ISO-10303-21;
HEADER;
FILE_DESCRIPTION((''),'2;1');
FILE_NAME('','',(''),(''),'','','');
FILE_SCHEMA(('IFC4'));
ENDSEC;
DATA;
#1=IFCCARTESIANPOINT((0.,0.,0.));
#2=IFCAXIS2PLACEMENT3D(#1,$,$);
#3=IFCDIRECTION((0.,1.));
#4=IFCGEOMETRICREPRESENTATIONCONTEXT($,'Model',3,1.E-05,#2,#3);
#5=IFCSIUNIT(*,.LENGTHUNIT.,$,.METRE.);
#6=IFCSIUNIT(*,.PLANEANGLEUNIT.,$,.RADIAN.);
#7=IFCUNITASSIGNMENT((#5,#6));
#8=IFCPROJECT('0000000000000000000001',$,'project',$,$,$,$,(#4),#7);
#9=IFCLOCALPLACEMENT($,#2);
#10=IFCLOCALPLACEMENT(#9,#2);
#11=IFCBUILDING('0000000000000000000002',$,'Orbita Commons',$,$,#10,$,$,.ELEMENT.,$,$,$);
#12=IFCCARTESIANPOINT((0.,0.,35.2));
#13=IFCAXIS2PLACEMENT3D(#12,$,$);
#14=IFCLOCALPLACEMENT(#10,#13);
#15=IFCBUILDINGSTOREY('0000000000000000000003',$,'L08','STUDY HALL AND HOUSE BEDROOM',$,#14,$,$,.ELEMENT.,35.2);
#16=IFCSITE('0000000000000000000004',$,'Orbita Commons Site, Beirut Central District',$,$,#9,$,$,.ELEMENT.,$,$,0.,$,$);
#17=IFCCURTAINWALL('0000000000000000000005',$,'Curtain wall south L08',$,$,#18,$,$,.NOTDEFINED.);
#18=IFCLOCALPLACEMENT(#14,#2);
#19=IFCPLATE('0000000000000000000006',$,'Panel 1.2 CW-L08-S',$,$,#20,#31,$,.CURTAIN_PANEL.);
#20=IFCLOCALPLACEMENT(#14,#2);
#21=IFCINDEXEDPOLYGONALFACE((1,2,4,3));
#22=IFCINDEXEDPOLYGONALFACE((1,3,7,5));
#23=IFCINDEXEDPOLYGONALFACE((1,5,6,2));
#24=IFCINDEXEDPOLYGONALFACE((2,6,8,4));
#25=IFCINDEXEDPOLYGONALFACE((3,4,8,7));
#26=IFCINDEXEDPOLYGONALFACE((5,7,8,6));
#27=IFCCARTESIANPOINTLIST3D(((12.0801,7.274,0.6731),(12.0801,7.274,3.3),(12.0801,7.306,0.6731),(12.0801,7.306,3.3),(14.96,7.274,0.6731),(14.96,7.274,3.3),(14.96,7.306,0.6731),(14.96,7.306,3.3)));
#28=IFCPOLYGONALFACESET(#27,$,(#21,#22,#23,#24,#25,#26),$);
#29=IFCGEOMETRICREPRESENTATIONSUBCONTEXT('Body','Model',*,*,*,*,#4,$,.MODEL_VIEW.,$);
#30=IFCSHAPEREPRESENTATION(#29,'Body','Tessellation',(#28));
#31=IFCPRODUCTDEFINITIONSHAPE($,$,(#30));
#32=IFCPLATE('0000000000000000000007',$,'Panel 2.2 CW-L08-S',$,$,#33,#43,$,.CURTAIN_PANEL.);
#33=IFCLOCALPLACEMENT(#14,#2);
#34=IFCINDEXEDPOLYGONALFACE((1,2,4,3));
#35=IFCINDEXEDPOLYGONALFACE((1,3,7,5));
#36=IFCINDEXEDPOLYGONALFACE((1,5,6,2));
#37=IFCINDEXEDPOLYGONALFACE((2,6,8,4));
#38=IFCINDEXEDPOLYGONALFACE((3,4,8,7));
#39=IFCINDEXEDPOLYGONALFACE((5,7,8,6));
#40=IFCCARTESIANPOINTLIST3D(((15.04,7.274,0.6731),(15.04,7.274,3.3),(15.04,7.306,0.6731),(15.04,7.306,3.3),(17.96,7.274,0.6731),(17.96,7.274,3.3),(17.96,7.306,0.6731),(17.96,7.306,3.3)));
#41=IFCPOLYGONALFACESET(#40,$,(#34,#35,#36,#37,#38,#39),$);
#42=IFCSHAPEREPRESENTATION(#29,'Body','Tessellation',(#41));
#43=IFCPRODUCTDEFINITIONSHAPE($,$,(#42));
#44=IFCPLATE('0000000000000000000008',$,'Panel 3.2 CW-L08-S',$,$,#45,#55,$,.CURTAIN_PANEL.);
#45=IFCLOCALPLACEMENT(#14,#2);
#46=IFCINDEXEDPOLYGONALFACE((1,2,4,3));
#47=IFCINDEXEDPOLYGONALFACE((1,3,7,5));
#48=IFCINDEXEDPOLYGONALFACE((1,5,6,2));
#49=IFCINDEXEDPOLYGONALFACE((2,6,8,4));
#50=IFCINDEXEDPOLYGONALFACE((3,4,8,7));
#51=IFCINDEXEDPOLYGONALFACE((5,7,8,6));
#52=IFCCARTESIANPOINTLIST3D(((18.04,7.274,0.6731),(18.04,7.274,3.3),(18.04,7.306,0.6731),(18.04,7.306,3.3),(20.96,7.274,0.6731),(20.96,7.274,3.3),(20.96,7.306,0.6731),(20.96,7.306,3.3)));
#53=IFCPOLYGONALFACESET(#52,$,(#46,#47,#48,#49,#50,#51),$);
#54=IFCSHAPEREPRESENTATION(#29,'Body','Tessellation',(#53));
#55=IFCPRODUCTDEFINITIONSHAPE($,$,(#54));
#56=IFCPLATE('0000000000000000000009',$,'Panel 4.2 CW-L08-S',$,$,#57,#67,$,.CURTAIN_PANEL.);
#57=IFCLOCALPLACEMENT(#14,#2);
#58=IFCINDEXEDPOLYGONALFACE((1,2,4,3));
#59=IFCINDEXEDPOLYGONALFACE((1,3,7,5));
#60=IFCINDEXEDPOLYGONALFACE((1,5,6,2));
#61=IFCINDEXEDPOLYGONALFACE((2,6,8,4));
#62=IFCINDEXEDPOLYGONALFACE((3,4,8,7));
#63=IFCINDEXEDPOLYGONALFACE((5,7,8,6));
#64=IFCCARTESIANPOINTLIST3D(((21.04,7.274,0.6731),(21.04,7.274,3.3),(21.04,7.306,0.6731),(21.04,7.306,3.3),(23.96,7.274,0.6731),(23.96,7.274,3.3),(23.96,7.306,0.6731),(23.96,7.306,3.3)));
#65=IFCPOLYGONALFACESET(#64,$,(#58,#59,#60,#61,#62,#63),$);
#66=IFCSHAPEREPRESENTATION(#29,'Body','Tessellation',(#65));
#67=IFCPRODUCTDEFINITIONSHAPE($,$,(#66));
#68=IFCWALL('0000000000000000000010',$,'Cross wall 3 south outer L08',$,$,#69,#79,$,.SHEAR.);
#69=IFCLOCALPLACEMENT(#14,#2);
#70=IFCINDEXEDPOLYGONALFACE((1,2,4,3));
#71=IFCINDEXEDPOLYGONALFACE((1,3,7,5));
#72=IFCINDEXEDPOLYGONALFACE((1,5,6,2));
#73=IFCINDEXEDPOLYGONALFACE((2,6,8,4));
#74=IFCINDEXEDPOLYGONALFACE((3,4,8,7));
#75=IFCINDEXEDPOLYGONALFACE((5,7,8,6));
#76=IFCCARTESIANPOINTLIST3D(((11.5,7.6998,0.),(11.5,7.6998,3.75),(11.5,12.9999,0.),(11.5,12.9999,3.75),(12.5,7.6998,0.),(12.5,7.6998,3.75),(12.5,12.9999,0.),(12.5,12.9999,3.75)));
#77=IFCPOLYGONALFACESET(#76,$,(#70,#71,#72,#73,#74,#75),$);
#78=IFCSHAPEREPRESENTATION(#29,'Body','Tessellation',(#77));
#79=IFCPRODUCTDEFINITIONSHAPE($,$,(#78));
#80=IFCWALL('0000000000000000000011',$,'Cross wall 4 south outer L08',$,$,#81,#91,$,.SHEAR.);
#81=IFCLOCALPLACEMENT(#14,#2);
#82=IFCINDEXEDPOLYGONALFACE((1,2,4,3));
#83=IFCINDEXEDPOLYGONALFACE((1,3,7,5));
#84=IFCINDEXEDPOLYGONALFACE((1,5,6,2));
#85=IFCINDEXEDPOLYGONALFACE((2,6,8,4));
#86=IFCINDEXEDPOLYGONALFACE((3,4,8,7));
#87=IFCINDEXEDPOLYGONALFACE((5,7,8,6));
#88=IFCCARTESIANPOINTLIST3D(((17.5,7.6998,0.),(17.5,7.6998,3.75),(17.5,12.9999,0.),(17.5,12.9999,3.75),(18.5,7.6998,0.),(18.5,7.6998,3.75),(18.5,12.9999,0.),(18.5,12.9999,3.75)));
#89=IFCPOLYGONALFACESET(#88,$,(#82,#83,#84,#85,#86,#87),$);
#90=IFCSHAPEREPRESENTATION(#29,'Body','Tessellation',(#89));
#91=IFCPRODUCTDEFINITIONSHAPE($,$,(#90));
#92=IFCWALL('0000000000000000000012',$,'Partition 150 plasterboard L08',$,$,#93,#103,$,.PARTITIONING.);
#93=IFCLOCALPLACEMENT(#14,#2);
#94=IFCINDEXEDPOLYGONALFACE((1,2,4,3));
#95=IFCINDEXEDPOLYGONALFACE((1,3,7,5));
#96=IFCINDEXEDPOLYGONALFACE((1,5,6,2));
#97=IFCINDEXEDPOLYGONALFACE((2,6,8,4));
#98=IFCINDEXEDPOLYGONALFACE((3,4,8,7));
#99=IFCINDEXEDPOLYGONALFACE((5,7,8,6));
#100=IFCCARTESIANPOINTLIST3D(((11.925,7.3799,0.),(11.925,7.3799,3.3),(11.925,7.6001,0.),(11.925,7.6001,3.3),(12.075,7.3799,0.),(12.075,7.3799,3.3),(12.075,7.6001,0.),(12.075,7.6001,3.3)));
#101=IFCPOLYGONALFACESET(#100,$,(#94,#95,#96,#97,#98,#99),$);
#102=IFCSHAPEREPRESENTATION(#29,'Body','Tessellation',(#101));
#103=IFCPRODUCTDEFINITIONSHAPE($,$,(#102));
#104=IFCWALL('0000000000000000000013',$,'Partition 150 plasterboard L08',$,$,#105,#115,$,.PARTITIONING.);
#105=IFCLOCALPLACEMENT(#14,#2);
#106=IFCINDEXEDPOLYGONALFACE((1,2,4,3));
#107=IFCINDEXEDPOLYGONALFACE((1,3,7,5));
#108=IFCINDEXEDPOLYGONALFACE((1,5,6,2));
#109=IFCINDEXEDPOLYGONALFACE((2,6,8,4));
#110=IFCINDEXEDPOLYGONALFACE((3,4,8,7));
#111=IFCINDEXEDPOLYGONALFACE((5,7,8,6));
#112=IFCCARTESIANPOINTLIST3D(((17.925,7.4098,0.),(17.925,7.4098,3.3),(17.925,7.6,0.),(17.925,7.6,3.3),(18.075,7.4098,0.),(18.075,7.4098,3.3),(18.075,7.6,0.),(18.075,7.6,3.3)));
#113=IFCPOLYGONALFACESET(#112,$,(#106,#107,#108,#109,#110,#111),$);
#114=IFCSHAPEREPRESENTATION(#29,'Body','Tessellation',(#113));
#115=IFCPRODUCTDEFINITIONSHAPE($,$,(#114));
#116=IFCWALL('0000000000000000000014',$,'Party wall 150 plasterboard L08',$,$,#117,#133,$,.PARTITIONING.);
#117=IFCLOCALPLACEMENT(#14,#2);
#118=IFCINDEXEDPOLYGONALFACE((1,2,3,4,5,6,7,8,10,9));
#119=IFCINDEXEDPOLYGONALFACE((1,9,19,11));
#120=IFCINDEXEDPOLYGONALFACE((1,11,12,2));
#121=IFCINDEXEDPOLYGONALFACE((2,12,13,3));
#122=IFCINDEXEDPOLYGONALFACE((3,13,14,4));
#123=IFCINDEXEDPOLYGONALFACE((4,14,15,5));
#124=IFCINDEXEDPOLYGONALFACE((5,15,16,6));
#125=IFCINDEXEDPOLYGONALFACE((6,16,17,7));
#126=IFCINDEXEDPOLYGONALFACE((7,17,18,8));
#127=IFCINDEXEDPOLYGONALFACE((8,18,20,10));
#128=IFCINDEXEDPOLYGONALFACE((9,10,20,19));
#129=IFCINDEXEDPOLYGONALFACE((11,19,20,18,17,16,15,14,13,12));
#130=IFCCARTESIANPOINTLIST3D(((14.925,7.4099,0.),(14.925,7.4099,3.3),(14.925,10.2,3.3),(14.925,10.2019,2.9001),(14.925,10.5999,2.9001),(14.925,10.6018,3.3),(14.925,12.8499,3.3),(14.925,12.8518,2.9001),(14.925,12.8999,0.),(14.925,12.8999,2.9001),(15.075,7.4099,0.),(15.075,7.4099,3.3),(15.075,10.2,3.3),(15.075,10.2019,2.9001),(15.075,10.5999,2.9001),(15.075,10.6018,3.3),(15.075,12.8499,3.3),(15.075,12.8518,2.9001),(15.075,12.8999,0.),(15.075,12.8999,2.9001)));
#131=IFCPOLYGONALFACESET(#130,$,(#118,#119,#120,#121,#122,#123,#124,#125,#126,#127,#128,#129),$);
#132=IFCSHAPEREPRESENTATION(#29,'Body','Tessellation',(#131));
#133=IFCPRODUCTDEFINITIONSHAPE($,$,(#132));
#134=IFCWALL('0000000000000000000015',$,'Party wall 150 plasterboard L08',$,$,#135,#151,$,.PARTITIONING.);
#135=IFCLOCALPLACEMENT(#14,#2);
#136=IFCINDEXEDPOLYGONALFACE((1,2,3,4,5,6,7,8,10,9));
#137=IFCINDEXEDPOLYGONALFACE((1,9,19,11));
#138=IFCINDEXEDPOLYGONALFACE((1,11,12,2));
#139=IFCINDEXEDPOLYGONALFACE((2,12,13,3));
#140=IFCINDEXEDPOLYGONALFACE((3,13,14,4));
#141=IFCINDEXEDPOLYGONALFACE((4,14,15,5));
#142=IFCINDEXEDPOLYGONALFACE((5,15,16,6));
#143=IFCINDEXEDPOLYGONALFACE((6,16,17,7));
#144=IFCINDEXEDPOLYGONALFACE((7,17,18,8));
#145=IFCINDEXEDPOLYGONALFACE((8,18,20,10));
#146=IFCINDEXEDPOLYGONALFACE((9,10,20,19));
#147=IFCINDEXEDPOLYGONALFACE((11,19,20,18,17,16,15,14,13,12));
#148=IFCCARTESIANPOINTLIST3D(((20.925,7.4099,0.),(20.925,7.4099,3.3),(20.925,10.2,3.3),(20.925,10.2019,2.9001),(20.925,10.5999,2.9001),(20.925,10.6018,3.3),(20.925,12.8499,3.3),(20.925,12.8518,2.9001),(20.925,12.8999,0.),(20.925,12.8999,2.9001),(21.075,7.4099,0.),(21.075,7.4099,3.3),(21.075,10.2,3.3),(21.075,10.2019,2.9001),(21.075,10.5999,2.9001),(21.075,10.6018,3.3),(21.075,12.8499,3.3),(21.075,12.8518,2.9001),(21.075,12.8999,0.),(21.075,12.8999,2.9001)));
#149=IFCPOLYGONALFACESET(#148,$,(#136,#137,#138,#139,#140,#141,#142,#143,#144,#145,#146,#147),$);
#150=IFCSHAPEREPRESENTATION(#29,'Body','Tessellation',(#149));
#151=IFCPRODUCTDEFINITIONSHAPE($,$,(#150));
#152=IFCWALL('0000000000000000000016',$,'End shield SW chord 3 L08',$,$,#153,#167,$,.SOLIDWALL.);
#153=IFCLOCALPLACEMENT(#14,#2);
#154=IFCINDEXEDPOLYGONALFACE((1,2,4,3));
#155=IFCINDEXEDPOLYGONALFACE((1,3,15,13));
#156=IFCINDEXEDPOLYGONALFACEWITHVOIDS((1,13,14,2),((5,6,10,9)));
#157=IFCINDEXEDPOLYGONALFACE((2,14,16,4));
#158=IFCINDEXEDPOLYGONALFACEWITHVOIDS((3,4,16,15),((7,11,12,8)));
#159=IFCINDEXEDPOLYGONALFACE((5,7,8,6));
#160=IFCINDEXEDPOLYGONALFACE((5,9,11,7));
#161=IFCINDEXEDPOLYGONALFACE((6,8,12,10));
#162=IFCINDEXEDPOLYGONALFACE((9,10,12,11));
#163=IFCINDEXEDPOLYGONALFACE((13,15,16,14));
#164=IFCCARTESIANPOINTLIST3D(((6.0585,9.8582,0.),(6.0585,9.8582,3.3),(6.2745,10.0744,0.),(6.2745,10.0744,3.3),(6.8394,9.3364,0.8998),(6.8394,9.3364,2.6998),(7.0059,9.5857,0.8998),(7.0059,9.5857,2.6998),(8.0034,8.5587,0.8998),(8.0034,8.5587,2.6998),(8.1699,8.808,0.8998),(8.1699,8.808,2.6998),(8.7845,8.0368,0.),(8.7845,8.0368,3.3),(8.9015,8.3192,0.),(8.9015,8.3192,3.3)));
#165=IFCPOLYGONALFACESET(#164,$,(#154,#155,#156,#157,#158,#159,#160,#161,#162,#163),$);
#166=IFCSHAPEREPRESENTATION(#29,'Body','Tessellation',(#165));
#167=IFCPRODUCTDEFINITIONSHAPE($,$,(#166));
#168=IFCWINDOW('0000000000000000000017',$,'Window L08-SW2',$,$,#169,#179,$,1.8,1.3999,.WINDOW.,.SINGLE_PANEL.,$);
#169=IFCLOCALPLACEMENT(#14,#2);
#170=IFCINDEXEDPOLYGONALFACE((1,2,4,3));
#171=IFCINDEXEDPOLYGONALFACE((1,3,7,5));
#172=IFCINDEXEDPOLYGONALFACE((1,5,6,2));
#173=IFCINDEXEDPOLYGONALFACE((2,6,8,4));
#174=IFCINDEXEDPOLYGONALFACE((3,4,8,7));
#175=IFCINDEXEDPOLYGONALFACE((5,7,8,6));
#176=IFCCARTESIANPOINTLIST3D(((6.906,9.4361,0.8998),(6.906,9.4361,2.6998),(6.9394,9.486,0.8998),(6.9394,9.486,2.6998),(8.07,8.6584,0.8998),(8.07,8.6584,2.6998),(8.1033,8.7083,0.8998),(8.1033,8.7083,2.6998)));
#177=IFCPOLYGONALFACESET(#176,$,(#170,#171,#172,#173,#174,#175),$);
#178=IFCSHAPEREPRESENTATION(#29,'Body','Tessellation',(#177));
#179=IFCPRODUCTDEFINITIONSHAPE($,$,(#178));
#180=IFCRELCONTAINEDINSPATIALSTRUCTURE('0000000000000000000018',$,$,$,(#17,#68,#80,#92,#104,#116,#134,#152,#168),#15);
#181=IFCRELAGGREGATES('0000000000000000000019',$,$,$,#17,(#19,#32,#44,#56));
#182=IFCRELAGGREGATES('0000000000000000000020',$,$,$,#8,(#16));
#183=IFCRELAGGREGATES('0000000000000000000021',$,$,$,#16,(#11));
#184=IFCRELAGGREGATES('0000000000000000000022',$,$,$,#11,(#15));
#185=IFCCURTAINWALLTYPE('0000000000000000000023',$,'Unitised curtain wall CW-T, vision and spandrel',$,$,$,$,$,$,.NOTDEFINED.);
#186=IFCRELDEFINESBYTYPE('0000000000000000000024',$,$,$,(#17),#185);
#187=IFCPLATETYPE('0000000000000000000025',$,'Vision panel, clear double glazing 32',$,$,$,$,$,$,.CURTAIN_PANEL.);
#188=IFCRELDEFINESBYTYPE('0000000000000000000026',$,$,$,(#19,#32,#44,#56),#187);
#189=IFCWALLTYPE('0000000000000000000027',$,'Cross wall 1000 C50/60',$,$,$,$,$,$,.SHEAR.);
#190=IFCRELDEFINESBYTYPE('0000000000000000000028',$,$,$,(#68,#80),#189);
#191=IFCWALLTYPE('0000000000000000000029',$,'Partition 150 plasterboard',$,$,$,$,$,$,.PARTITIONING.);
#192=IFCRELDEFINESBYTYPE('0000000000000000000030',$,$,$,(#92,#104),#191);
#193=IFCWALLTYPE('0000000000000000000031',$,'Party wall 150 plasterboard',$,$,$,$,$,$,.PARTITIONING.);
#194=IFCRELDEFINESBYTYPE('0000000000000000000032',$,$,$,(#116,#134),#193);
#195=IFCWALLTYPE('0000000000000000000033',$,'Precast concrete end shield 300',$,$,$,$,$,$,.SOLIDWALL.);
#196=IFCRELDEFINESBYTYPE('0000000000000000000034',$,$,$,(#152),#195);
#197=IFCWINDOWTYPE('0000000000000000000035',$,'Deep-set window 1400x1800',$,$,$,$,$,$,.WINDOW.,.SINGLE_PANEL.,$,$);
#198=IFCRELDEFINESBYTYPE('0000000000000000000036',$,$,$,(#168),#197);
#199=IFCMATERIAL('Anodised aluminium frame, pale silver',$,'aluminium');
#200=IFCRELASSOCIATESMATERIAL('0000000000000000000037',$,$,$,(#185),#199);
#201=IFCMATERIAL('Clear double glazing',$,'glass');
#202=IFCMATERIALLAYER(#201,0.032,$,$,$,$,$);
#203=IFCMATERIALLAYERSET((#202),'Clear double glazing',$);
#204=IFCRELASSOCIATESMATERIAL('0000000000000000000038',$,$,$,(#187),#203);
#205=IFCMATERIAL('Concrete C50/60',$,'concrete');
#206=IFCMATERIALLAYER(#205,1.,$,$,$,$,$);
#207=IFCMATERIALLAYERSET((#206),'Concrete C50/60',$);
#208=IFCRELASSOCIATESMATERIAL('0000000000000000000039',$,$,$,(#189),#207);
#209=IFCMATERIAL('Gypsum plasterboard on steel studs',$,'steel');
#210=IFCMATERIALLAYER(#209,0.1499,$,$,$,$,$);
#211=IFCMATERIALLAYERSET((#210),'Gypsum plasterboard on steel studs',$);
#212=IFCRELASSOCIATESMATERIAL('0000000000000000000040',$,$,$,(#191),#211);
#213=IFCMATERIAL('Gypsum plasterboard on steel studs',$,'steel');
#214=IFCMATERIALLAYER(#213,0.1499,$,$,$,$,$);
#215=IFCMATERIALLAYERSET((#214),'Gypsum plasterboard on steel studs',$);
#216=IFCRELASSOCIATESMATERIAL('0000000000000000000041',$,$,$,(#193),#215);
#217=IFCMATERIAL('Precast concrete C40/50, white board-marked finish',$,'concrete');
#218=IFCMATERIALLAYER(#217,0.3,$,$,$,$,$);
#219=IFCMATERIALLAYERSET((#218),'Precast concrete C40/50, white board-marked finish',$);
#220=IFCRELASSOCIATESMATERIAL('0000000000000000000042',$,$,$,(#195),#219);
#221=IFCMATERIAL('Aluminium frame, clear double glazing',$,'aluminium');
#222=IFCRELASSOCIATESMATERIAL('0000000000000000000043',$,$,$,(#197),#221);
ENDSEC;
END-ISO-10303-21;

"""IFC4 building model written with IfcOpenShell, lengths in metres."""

from ifc_helpers import new_model, si_unit, direction, frame, frame_2d, origin, origin_2d, place, context, subcontext, project, spatial, polyline, rectangle, outline, extrude, material, layer, layer_set, type_object, element, fill, aggregate, save


model = new_model("IFC4")

# Units and contexts
model_context = context("Model", 3, precision=1e-05, world=origin(), true_north=direction((0.0, 1.0)))
body_context = subcontext(model_context, "Body", "Model", "MODEL_VIEW")
ifc_project = project(units=[si_unit("LENGTHUNIT", "METRE"), si_unit("PLANEANGLEUNIT", "RADIAN")], contexts=[model_context])

# Site, building, storey
site_placement = place(None, origin())
site = spatial("IfcSite", under=ifc_project, at=site_placement, Name="Orbita Commons Site, Beirut Central District", CompositionType="ELEMENT", RefElevation=0.0)
building_placement = place(site_placement, origin())
building = spatial("IfcBuilding", under=site, at=building_placement, Name="Orbita Commons", CompositionType="ELEMENT")
storey_placement = place(building_placement, frame((0.0, 0.0, 35.2)))
storey = spatial("IfcBuildingStorey", under=building, at=storey_placement, Name="L08", Description="STUDY HALL AND HOUSE BEDROOM", CompositionType="ELEMENT", Elevation=35.2)

# Curtain wall
ifc_material_1 = material(Name="Anodised aluminium frame, pale silver", Category="aluminium")
curtain_wall_type = type_object("IfcCurtainWallType", Name="Unitised curtain wall CW-T, vision and spandrel", PredefinedType="NOTDEFINED", material=ifc_material_1)
curtain_wall_placement = place(storey_placement, origin())
curtain_wall = element("IfcCurtainWall", 1, at=curtain_wall_placement, inside=storey, type_object=curtain_wall_type, Name="Curtain wall south L08", PredefinedType="NOTDEFINED")

# Plates
ifc_material_2 = material(Name="Clear double glazing", Category="glass")
ifc_layer_1 = layer(ifc_material_2, 0.032)
ifc_layer_set_1 = layer_set([ifc_layer_1], Name="Clear double glazing")
plate_type_1 = type_object("IfcPlateType", Name="Vision panel, clear double glazing 32", PredefinedType="CURTAIN_PANEL", material=ifc_layer_set_1)
plate_1_placement = place(storey_placement, frame((13.52, 7.29, 0.6731), z_axis=(0.0, 0.0, 1.0), x_axis=(1.0, 0.0, 0.0)))
plate_1 = element("IfcPlate", 2, at=plate_1_placement, type_object=plate_type_1, Name="Panel 1.2 CW-L08-S", PredefinedType="CURTAIN_PANEL", context=body_context, shape_type="SweptSolid", body=[
    extrude(rectangle(XDim=2.8799, YDim=0.032, at=origin_2d()), origin(), (0.0, 0.0, 1.0), 2.627),
])
plate_2_placement = place(storey_placement, frame((16.5, 7.29, 0.6731), z_axis=(0.0, 0.0, 1.0), x_axis=(1.0, 0.0, 0.0)))
plate_2 = element("IfcPlate", 3, at=plate_2_placement, type_object=plate_type_1, Name="Panel 2.2 CW-L08-S", PredefinedType="CURTAIN_PANEL", context=body_context, shape_type="SweptSolid", body=[
    extrude(rectangle(XDim=2.9199, YDim=0.032, at=origin_2d()), origin(), (0.0, 0.0, 1.0), 2.627),
])
plate_3_placement = place(storey_placement, frame((19.5, 7.29, 0.6731), z_axis=(0.0, 0.0, 1.0), x_axis=(1.0, 0.0, 0.0)))
plate_3 = element("IfcPlate", 4, at=plate_3_placement, type_object=plate_type_1, Name="Panel 3.2 CW-L08-S", PredefinedType="CURTAIN_PANEL", context=body_context, shape_type="SweptSolid", body=[
    extrude(rectangle(XDim=2.9199, YDim=0.032, at=origin_2d()), origin(), (0.0, 0.0, 1.0), 2.627),
])
plate_4_placement = place(storey_placement, frame((22.5, 7.29, 0.6731), z_axis=(0.0, 0.0, 1.0), x_axis=(1.0, 0.0, 0.0)))
plate_4 = element("IfcPlate", 5, at=plate_4_placement, type_object=plate_type_1, Name="Panel 4.2 CW-L08-S", PredefinedType="CURTAIN_PANEL", context=body_context, shape_type="SweptSolid", body=[
    extrude(rectangle(XDim=2.9199, YDim=0.032, at=origin_2d()), origin(), (0.0, 0.0, 1.0), 2.627),
])
aggregate(curtain_wall, [plate_1, plate_2, plate_3, plate_4])

# Walls
ifc_material_3 = material(Name="Concrete C50/60", Category="concrete")
ifc_layer_2 = layer(ifc_material_3, 1.0)
ifc_layer_set_2 = layer_set([ifc_layer_2], Name="Concrete C50/60")
wall_type_1 = type_object("IfcWallType", Name="Cross wall 1000 C50/60", PredefinedType="SHEAR", material=ifc_layer_set_2)
for number, where, z_axis, x_axis, name in (
    (6, (12.0, 7.7, 0.0), (0.0, 0.0, 1.0), (0.0, 1.0, 0.0), "Cross wall 3 south outer L08"),
    (7, (18.0, 7.7, 0.0), (0.0, 0.0, 1.0), (0.0, 1.0, 0.0), "Cross wall 4 south outer L08"),
):
    element("IfcWall", number, at=place(storey_placement, frame(where, z_axis=z_axis, x_axis=x_axis)), inside=storey, type_object=wall_type_1, Name=name, PredefinedType="SHEAR", context=body_context, shape_type="SweptSolid", body=[
        extrude(rectangle(XDim=5.3, YDim=1.0, at=frame_2d((2.6499, 0.0))), origin(), (0.0, 0.0, 1.0), 3.75),
    ])
ifc_material_4 = material(Name="Gypsum plasterboard on steel studs", Category="steel")
ifc_layer_3 = layer(ifc_material_4, 0.1499)
ifc_layer_set_3 = layer_set([ifc_layer_3], Name="Gypsum plasterboard on steel studs")
wall_type_2 = type_object("IfcWallType", Name="Partition 150 plasterboard", PredefinedType="PARTITIONING", material=ifc_layer_set_3)
wall_1_placement = place(storey_placement, frame((12.0, 7.6001, 0.0), z_axis=(0.0, 0.0, 1.0), x_axis=(0.0, -1.0, 0.0)))
element("IfcWall", 8, at=wall_1_placement, inside=storey, type_object=wall_type_2, Name="Partition 150 plasterboard L08", PredefinedType="PARTITIONING", context=body_context, shape_type="SweptSolid", body=[
    extrude(rectangle(XDim=0.2202, YDim=0.1499, at=frame_2d((0.1101, 0.0))), origin(), (0.0, 0.0, 1.0), 3.3),
])
wall_2_placement = place(storey_placement, frame((18.0, 7.6001, 0.0), z_axis=(0.0, 0.0, 1.0), x_axis=(0.0, -1.0, 0.0)))
element("IfcWall", 9, at=wall_2_placement, inside=storey, type_object=wall_type_2, Name="Partition 150 plasterboard L08", PredefinedType="PARTITIONING", context=body_context, shape_type="SweptSolid", body=[
    extrude(rectangle(XDim=0.1902, YDim=0.1499, at=frame_2d((0.0952, 0.0))), origin(), (0.0, 0.0, 1.0), 3.3),
])
ifc_material_5 = material(Name="Gypsum plasterboard on steel studs", Category="steel")
ifc_layer_4 = layer(ifc_material_5, 0.1499)
ifc_layer_set_4 = layer_set([ifc_layer_4], Name="Gypsum plasterboard on steel studs")
wall_type_3 = type_object("IfcWallType", Name="Party wall 150 plasterboard", PredefinedType="PARTITIONING", material=ifc_layer_set_4)
for number, where, z_axis, x_axis, name in (
    (10, (15.0, 7.4099, 0.0), (0.0, 0.0, 1.0), (0.0, 1.0, 0.0), "Party wall 150 plasterboard L08"),
    (11, (21.0, 7.4099, 0.0), (0.0, 0.0, 1.0), (0.0, 1.0, 0.0), "Party wall 150 plasterboard L08"),
):
    element("IfcWall", number, at=place(storey_placement, frame(where, z_axis=z_axis, x_axis=x_axis)), inside=storey, type_object=wall_type_3, Name=name, PredefinedType="PARTITIONING", context=body_context, shape_type="SweptSolid", body=[
        extrude(outline(polyline([(0.0, 0.0), (5.49, 0.0), (5.49, 2.9001), (5.4419, 2.9001), (5.4399, 3.3), (3.1919, 3.3), (3.1899, 2.9001), (2.792, 2.9001), (2.79, 3.3), (0.0, 3.3), (0.0, 0.0)])), frame((0.0, 0.075, 0.0), z_axis=(0.0, -1.0, 0.0), x_axis=(1.0, 0.0, 0.0)), (0.0, 0.0, 1.0), 0.1499),
    ])

# Wall, opening, window
ifc_material_6 = material(Name="Precast concrete C40/50, white board-marked finish", Category="concrete")
ifc_layer_5 = layer(ifc_material_6, 0.3)
ifc_layer_set_5 = layer_set([ifc_layer_5], Name="Precast concrete C40/50, white board-marked finish")
wall_type_4 = type_object("IfcWallType", Name="Precast concrete end shield 300", PredefinedType="SOLIDWALL", material=ifc_layer_set_5)
wall_3_placement = place(storey_placement, frame((6.1665, 9.9663, 0.0), z_axis=(0.0, 0.0, 1.0), x_axis=(0.831478, -0.555558, 0.0)))
wall_3 = element("IfcWall", 12, at=wall_3_placement, inside=storey, type_object=wall_type_4, Name="End shield SW chord 3 L08", PredefinedType="SOLIDWALL", context=body_context, shape_type="SweptSolid", body=[
    extrude(outline(polyline([(-0.0298, -0.1499), (3.2488, -0.1499), (3.1892, 0.1499), (0.0298, 0.1499), (-0.0298, -0.1499)])), origin(), (0.0, 0.0, 1.0), 3.3),
])
opening_1_placement = place(wall_3_placement, frame((0.9094, 0.0, 0.8999)))
opening_1 = element("IfcOpeningElement", 13, at=opening_1_placement, cuts=wall_3, PredefinedType="OPENING", context=body_context, shape_type="SweptSolid", body=[
    extrude(rectangle(XDim=1.3999, YDim=1.8, at=frame_2d((0.7, 0.8999))), frame((0.0, 0.1599, 0.0), z_axis=(0.0, -1.0, 0.0), x_axis=(1.0, 0.0, 0.0)), (0.0, 0.0, 1.0), 0.3201),
])
ifc_material_7 = material(Name="Aluminium frame, clear double glazing", Category="aluminium")
window_type = type_object("IfcWindowType", Name="Deep-set window 1400x1800", PartitioningType="SINGLE_PANEL", PredefinedType="WINDOW", material=ifc_material_7)
window_1_placement = place(opening_1_placement, origin())
window_1 = element("IfcWindow", 14, at=window_1_placement, inside=storey, type_object=window_type, Name="Window L08-SW2", OverallHeight=1.8, OverallWidth=1.3999, PartitioningType="SINGLE_PANEL", PredefinedType="WINDOW", context=body_context, shape_type="SweptSolid", body=[
    extrude(rectangle(XDim=1.3999, YDim=1.8, at=frame_2d((0.7, 0.8999))), frame((0.0, 0.03, 0.0), z_axis=(0.0, -1.0, 0.0), x_axis=(1.0, 0.0, 0.0)), (0.0, 0.0, 1.0), 0.0601),
])
fill(opening_1, window_1)

save(model, "model.ifc")
